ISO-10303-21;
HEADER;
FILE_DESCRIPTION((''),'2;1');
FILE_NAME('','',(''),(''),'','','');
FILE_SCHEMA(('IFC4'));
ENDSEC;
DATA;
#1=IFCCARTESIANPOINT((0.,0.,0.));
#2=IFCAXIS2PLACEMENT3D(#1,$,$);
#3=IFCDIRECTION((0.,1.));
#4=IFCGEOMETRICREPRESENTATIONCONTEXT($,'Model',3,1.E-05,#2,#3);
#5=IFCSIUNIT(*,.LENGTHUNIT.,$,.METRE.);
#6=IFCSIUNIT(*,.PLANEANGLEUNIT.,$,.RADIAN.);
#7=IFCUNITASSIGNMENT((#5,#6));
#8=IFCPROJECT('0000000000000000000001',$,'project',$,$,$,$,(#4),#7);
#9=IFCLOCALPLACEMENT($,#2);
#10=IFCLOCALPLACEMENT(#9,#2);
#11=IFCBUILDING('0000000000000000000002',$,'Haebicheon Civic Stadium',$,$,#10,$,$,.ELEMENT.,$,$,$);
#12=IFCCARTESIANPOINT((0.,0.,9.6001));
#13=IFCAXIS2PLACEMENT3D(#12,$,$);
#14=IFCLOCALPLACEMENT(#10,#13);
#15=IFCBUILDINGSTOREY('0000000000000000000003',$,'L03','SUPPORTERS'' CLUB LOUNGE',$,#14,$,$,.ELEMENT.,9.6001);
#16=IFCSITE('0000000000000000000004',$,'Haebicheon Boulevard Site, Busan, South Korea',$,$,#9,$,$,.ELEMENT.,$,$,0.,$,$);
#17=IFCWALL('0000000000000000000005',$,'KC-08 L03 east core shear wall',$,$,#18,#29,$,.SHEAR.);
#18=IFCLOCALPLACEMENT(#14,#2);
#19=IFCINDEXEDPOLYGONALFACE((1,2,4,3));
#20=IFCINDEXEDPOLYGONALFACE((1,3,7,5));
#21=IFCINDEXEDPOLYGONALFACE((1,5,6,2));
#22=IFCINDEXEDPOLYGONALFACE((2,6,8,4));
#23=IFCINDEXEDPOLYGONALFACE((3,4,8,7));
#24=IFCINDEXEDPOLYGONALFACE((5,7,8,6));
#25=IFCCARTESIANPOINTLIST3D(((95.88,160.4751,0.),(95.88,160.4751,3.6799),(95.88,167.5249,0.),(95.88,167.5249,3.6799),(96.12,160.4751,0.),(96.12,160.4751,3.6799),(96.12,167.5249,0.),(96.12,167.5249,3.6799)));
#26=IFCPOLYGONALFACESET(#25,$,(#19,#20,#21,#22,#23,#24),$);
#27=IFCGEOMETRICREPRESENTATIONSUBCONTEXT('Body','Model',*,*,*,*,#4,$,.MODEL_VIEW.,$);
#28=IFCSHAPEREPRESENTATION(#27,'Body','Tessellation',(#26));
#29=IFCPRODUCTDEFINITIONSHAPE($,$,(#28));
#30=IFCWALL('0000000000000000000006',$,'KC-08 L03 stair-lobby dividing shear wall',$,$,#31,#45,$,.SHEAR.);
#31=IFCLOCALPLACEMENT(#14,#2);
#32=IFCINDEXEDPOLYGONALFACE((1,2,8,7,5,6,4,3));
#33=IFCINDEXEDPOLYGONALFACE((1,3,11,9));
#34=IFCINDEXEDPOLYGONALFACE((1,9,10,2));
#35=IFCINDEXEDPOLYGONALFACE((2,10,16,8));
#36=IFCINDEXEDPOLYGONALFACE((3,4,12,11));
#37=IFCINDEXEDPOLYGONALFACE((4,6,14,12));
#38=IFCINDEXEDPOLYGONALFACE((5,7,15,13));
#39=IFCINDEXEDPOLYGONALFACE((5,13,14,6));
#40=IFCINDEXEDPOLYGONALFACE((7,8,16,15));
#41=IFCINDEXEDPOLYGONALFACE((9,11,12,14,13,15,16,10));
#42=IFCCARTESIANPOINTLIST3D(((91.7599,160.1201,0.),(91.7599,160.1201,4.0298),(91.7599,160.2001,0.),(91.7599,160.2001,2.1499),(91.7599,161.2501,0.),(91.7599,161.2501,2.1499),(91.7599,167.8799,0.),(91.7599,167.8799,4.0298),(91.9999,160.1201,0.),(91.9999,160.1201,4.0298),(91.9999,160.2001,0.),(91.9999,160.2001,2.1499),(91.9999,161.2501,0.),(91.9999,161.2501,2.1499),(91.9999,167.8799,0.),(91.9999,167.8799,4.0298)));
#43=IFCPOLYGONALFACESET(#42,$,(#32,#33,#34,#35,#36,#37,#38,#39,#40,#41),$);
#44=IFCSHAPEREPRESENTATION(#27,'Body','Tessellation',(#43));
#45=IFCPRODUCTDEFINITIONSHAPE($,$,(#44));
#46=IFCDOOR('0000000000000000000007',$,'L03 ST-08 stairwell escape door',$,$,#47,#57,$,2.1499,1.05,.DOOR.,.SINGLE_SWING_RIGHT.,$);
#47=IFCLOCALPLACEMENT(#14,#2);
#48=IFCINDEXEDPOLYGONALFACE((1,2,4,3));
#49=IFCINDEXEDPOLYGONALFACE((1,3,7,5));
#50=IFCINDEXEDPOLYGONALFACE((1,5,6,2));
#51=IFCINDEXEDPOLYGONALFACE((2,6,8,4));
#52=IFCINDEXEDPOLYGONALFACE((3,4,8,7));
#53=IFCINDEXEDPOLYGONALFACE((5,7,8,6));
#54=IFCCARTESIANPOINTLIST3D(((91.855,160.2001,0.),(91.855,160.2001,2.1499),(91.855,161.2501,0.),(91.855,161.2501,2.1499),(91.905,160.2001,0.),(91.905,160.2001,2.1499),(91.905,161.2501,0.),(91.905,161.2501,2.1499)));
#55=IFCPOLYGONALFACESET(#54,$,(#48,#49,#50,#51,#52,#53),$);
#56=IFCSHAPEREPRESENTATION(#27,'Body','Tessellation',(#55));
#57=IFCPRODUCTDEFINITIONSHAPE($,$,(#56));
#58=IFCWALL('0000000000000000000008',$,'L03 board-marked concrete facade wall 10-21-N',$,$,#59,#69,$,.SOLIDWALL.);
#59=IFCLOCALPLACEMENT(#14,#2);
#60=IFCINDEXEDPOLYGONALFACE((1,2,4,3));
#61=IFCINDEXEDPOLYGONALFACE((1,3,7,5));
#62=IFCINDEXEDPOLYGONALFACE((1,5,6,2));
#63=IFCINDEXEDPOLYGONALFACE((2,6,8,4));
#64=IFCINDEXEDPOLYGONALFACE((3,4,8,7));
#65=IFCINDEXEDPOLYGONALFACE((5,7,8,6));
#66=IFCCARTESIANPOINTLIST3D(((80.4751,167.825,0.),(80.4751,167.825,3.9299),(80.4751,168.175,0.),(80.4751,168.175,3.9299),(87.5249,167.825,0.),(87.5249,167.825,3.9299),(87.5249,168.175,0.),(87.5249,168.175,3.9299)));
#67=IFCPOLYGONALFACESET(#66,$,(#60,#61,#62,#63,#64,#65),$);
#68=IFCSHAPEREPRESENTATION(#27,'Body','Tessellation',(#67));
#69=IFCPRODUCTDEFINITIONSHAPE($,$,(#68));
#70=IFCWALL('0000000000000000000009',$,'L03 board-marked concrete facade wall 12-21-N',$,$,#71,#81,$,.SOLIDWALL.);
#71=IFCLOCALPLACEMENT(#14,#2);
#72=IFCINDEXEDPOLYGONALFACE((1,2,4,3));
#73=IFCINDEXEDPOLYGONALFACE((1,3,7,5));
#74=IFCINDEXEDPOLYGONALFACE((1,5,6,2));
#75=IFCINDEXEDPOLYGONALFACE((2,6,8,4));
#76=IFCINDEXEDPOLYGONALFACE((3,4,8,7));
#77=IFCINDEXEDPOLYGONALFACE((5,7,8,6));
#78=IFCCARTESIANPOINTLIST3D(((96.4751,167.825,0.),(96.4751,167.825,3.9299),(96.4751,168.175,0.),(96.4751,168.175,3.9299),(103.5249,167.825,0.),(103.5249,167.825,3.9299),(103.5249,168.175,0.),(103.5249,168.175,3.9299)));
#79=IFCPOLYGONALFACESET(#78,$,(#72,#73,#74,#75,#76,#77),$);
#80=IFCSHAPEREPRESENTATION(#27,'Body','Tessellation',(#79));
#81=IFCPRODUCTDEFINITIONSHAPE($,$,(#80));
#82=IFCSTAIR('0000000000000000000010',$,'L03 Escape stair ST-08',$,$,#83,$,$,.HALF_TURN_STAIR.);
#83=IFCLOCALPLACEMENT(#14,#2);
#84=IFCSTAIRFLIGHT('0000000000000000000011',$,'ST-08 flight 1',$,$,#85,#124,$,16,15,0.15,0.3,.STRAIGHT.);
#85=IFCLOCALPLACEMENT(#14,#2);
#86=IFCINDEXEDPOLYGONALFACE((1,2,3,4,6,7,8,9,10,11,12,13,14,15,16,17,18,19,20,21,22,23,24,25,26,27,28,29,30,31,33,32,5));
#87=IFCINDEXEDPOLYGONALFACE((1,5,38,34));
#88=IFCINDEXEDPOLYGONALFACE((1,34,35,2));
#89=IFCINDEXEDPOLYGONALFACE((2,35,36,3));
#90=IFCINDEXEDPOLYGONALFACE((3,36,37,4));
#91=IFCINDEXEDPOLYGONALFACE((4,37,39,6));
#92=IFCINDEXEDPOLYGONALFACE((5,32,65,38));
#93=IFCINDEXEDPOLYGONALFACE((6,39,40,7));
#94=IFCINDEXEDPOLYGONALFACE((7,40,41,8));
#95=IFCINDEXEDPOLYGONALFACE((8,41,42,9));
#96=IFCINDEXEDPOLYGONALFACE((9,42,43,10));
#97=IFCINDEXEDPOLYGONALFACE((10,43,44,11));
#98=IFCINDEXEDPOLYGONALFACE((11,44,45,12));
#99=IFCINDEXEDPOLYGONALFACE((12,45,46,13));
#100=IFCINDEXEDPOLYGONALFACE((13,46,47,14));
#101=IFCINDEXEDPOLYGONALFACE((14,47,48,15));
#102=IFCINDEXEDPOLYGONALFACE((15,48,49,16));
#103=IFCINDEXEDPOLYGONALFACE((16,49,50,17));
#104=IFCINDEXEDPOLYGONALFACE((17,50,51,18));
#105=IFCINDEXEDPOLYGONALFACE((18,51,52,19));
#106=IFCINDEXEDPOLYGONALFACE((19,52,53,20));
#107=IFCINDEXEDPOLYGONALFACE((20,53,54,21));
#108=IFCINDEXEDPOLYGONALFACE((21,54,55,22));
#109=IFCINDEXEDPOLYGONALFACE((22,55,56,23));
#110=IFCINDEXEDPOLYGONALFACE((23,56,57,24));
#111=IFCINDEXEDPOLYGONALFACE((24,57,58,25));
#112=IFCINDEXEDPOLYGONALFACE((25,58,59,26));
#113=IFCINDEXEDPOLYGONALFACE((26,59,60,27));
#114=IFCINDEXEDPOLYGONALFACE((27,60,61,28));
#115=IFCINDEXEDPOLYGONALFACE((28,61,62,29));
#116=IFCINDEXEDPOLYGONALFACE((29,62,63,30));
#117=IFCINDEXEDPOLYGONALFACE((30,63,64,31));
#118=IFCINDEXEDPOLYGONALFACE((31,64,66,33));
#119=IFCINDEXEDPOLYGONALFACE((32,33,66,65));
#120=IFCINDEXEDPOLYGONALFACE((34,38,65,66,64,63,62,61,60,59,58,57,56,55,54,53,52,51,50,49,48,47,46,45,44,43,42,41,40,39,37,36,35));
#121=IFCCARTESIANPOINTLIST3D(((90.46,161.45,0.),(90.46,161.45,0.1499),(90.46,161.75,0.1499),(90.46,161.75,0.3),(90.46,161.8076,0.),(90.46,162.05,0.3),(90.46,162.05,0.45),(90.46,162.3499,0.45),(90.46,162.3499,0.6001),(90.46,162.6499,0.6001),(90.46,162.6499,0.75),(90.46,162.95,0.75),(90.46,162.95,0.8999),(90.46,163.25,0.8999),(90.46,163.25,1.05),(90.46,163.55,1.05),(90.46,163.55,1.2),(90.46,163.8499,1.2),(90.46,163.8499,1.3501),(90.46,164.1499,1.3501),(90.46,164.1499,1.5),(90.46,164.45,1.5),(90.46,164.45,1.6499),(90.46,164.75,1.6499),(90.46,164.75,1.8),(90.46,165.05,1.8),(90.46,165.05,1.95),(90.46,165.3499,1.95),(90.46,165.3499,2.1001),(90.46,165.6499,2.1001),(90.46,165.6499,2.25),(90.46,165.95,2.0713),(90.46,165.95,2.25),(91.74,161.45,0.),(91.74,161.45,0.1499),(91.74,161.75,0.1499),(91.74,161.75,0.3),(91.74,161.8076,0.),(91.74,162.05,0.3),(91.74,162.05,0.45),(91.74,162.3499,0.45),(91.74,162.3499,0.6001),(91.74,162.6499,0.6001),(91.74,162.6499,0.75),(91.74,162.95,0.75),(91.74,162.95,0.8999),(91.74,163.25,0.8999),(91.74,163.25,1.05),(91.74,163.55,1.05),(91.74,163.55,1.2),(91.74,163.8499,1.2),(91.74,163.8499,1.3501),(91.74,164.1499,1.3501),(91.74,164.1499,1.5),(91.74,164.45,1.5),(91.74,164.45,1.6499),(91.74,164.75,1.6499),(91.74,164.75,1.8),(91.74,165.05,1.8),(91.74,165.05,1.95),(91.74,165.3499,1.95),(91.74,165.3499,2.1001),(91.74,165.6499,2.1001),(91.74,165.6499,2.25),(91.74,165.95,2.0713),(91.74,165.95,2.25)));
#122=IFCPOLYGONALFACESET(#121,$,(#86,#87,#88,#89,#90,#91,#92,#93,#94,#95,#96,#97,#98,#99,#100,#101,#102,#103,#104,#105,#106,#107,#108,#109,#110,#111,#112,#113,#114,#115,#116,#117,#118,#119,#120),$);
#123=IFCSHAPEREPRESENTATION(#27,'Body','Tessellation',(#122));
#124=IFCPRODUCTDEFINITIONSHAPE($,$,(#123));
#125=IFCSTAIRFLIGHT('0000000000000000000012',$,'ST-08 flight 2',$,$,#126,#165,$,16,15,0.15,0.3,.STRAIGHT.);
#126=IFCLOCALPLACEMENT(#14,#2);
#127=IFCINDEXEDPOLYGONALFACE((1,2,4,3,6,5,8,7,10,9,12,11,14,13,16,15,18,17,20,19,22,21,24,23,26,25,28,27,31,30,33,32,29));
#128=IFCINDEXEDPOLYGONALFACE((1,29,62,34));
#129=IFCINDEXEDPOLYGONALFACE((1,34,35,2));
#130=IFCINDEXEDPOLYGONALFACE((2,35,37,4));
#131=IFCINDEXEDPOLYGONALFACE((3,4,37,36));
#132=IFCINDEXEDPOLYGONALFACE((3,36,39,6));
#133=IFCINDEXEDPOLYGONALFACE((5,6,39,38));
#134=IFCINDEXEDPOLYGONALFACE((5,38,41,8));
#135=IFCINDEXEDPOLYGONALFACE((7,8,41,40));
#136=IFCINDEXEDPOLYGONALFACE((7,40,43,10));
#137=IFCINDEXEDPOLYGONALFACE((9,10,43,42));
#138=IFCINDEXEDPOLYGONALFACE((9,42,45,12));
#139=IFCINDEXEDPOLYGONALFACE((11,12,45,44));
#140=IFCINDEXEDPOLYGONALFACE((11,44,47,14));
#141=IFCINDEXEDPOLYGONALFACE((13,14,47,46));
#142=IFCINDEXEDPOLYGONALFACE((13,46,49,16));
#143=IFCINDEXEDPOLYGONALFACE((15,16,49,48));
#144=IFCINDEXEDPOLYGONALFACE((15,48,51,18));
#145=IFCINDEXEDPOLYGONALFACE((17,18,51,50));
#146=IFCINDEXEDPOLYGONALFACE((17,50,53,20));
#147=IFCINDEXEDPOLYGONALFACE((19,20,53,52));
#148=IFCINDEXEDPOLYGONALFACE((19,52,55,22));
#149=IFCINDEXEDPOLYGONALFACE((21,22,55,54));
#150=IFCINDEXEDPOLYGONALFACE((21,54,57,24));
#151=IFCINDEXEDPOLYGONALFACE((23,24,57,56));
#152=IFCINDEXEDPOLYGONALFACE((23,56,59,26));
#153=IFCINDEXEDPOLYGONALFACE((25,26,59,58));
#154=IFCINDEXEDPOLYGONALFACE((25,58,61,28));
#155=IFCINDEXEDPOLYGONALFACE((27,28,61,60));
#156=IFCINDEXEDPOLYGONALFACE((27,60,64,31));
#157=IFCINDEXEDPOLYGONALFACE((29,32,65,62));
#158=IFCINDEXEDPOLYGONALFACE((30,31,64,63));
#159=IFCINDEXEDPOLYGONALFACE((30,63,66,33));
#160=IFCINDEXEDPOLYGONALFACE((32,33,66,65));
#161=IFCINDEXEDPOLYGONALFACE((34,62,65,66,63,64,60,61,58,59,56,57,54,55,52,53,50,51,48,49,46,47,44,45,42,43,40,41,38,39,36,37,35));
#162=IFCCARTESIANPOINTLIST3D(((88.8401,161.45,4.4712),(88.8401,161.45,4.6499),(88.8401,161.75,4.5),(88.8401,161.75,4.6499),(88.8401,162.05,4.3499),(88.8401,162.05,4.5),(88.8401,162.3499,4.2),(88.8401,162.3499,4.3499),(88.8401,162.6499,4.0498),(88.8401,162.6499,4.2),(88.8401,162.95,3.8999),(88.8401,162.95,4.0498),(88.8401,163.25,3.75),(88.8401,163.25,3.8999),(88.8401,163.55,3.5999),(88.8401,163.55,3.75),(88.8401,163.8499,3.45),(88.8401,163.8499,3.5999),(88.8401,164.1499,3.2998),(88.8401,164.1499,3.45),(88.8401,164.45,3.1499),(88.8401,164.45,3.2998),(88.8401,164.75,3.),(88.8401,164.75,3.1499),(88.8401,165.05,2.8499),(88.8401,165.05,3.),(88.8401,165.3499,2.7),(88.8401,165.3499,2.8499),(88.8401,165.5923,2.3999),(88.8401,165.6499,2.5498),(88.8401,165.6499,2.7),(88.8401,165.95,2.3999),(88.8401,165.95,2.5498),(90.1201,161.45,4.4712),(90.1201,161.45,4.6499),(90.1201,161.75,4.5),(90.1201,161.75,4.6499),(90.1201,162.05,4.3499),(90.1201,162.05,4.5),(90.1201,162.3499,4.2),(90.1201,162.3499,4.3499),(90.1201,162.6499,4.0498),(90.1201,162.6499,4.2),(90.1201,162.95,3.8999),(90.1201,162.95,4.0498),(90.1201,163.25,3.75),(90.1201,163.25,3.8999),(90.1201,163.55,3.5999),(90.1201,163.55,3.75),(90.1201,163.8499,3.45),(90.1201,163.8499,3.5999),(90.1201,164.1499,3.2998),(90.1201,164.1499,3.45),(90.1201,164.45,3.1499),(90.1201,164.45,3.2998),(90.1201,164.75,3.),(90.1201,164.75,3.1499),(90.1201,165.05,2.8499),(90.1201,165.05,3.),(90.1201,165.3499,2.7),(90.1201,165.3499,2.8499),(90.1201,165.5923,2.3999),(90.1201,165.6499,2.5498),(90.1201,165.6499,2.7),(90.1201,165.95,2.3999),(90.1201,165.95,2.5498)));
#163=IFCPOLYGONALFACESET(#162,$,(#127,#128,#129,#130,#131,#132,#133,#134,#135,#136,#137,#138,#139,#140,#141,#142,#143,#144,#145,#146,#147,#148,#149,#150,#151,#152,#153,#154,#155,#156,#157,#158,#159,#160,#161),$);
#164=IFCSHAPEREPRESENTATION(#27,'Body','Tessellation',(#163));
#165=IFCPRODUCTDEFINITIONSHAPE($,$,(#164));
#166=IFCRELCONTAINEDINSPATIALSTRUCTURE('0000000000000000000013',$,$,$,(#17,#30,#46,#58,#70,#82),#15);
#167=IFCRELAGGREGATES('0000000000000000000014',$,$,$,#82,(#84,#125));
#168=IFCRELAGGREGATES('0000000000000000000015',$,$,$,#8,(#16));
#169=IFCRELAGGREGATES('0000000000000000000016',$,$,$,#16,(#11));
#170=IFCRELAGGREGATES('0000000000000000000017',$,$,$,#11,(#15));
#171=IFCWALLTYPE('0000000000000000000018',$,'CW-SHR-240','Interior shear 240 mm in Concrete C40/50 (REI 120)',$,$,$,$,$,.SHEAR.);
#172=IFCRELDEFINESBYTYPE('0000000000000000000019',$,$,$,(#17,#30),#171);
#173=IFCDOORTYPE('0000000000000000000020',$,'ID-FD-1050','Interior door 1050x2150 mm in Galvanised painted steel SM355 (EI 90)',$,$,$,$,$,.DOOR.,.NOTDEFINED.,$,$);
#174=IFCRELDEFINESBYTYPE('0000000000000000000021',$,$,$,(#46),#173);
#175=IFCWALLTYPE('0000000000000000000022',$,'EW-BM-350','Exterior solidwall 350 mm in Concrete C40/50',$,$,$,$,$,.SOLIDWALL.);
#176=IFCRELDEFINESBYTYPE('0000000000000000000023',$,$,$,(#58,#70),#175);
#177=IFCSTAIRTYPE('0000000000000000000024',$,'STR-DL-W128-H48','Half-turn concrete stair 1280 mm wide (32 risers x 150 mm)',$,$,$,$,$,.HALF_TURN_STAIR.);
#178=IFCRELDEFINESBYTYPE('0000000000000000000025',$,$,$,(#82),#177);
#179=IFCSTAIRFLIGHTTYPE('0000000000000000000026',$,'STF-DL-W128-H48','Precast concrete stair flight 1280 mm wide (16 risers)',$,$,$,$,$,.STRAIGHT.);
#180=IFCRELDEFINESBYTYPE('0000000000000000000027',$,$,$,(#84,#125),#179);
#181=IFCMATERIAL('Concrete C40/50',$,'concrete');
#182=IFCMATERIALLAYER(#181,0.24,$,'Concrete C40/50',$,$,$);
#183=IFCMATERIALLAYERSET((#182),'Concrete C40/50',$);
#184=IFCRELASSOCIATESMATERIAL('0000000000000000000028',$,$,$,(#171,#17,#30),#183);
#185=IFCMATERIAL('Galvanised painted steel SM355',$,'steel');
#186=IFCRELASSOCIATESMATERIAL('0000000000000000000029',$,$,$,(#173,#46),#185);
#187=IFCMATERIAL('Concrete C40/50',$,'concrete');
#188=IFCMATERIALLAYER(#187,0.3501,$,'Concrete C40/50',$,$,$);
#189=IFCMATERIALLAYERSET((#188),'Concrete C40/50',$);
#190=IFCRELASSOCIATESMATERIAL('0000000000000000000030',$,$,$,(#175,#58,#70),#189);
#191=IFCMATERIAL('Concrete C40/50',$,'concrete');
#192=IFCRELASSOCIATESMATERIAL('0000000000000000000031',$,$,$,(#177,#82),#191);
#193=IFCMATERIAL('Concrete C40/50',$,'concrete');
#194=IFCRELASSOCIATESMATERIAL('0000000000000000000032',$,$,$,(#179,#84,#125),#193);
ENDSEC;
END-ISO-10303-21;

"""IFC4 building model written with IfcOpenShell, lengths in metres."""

from ifc_helpers import new_model, si_unit, direction, frame, frame_2d, origin, place, context, subcontext, project, spatial, polyline, rectangle, outline, extrude, material, layer, layer_set, type_object, element, fill, aggregate, save


model = new_model("IFC4")

# Units and contexts
model_context = context("Model", 3, precision=1e-05, world=origin(), true_north=direction((0.0, 1.0)))
body_context = subcontext(model_context, "Body", "Model", "MODEL_VIEW")
ifc_project = project(units=[si_unit("LENGTHUNIT", "METRE"), si_unit("PLANEANGLEUNIT", "RADIAN")], contexts=[model_context])

# Site, building, storey
site_placement = place(None, origin())
site = spatial("IfcSite", under=ifc_project, at=site_placement, Name="Haebicheon Boulevard Site, Busan, South Korea", CompositionType="ELEMENT", RefElevation=0.0)
building_placement = place(site_placement, origin())
building = spatial("IfcBuilding", under=site, at=building_placement, Name="Haebicheon Civic Stadium", CompositionType="ELEMENT")
storey_placement = place(building_placement, frame((0.0, 0.0, 9.6001)))
storey = spatial("IfcBuildingStorey", under=building, at=storey_placement, Name="L03", Description="SUPPORTERS' CLUB LOUNGE", CompositionType="ELEMENT", Elevation=9.6001)

# Wall
ifc_material_1 = material(Name="Concrete C40/50", Category="concrete")
ifc_layer_1 = layer(ifc_material_1, 0.24, Name="Concrete C40/50")
ifc_layer_set_1 = layer_set([ifc_layer_1], Name="Concrete C40/50")
wall_type_1 = type_object("IfcWallType", Name="CW-SHR-240", Description="Interior shear 240 mm in Concrete C40/50 (REI 120)", PredefinedType="SHEAR", material=ifc_layer_set_1)
wall_1_placement = place(storey_placement, frame((96.0, 160.4751, 0.0), z_axis=(0.0, 0.0, 1.0), x_axis=(0.0, 1.0, 0.0)))
element("IfcWall", 1, at=wall_1_placement, inside=storey, type_object=wall_type_1, material=ifc_layer_set_1, Name="KC-08 L03 east core shear wall", PredefinedType="SHEAR", context=body_context, shape_type="SweptSolid", body=[
    extrude(rectangle(XDim=7.0498, YDim=0.24, at=frame_2d((3.5249, 0.0))), origin(), (0.0, 0.0, 1.0), 3.6799),
])

# Wall, opening, door
wall_2_placement = place(storey_placement, frame((91.8799, 160.1201, 0.0), z_axis=(0.0, 0.0, 1.0), x_axis=(0.0, 1.0, 0.0)))
wall_2 = element("IfcWall", 2, at=wall_2_placement, inside=storey, type_object=wall_type_1, material=ifc_layer_set_1, Name="KC-08 L03 stair-lobby dividing shear wall", PredefinedType="SHEAR", context=body_context, shape_type="SweptSolid", body=[
    extrude(rectangle(XDim=7.7598, YDim=0.24, at=frame_2d((3.8799, 0.0))), origin(), (0.0, 0.0, 1.0), 4.0298),
])
opening_1_placement = place(wall_2_placement, frame((0.0801, 0.0, 0.0)))
opening_1 = element("IfcOpeningElement", 3, at=opening_1_placement, cuts=wall_2, PredefinedType="OPENING", context=body_context, shape_type="SweptSolid", body=[
    extrude(rectangle(XDim=1.05, YDim=2.1499, at=frame_2d((0.5249, 1.075))), frame((0.0, 0.1299, 0.0), z_axis=(0.0, -1.0, 0.0), x_axis=(1.0, 0.0, 0.0)), (0.0, 0.0, 1.0), 0.26),
])
ifc_material_2 = material(Name="Galvanised painted steel SM355", Category="steel")
door_type_1 = type_object("IfcDoorType", Name="ID-FD-1050", Description="Interior door 1050x2150 mm in Galvanised painted steel SM355 (EI 90)", OperationType="NOTDEFINED", PredefinedType="DOOR", material=ifc_material_2)
door_1_placement = place(opening_1_placement, origin())
door_1 = element("IfcDoor", 4, at=door_1_placement, inside=storey, type_object=door_type_1, material=ifc_material_2, Name="L03 ST-08 stairwell escape door", OperationType="SINGLE_SWING_RIGHT", OverallHeight=2.1499, OverallWidth=1.05, PredefinedType="DOOR", context=body_context, shape_type="SweptSolid", body=[
    extrude(rectangle(XDim=1.05, YDim=2.1499, at=frame_2d((0.5249, 1.075))), frame((0.0, 0.0249, 0.0), z_axis=(0.0, -1.0, 0.0), x_axis=(1.0, 0.0, 0.0)), (0.0, 0.0, 1.0), 0.05),
])
fill(opening_1, door_1)

# Walls
ifc_material_3 = material(Name="Concrete C40/50", Category="concrete")
ifc_layer_2 = layer(ifc_material_3, 0.3501, Name="Concrete C40/50")
ifc_layer_set_2 = layer_set([ifc_layer_2], Name="Concrete C40/50")
wall_type_2 = type_object("IfcWallType", Name="EW-BM-350", Description="Exterior solidwall 350 mm in Concrete C40/50", PredefinedType="SOLIDWALL", material=ifc_layer_set_2)
for number, where, z_axis, x_axis, name in (
    (5, (80.4751, 168.0, 0.0), (0.0, 0.0, 1.0), (1.0, 0.0, 0.0), "L03 board-marked concrete facade wall 10-21-N"),
    (6, (96.4751, 168.0, 0.0), (0.0, 0.0, 1.0), (1.0, 0.0, 0.0), "L03 board-marked concrete facade wall 12-21-N"),
):
    element("IfcWall", number, at=place(storey_placement, frame(where, z_axis=z_axis, x_axis=x_axis)), inside=storey, type_object=wall_type_2, material=ifc_layer_set_2, Name=name, PredefinedType="SOLIDWALL", context=body_context, shape_type="SweptSolid", body=[
        extrude(rectangle(XDim=7.0498, YDim=0.3501, at=frame_2d((3.5249, 0.0))), origin(), (0.0, 0.0, 1.0), 3.9299),
    ])

# Stair, stair flights
ifc_material_4 = material(Name="Concrete C40/50", Category="concrete")
stair_type = type_object("IfcStairType", Name="STR-DL-W128-H48", Description="Half-turn concrete stair 1280 mm wide (32 risers x 150 mm)", PredefinedType="HALF_TURN_STAIR", material=ifc_material_4)
stair_placement = place(storey_placement, origin())
stair = element("IfcStair", 7, at=stair_placement, inside=storey, type_object=stair_type, material=ifc_material_4, Name="L03 Escape stair ST-08", PredefinedType="HALF_TURN_STAIR")
ifc_material_5 = material(Name="Concrete C40/50", Category="concrete")
stair_flight_type = type_object("IfcStairFlightType", Name="STF-DL-W128-H48", Description="Precast concrete stair flight 1280 mm wide (16 risers)", PredefinedType="STRAIGHT", material=ifc_material_5)
stair_flight_1_placement = place(storey_placement, frame((91.1001, 161.45, 0.0), z_axis=(0.0, 0.0, 1.0), x_axis=(0.0, 1.0, 0.0)))
stair_flight_1 = element("IfcStairFlight", 8, at=stair_flight_1_placement, type_object=stair_flight_type, material=ifc_material_5, Name="ST-08 flight 1", NumberOfRisers=16, NumberOfTreads=15, PredefinedType="STRAIGHT", RiserHeight=0.15, TreadLength=0.3, context=body_context, shape_type="SweptSolid", body=[
    extrude(outline(polyline([(0.0, 0.0), (0.0, 0.1499), (0.3, 0.1499), (0.3, 0.3), (0.6001, 0.3), (0.6001, 0.45), (0.8999, 0.45), (0.8999, 0.6001), (1.2, 0.6001), (1.2, 0.75), (1.5, 0.75), (1.5, 0.8999), (1.8, 0.8999), (1.8, 1.05), (2.1001, 1.05), (2.1001, 1.2), (2.3999, 1.2), (2.3999, 1.3501), (2.7, 1.3501), (2.7, 1.5), (3.0, 1.5), (3.0, 1.6499), (3.3, 1.6499), (3.3, 1.8), (3.6001, 1.8), (3.6001, 1.95), (3.8999, 1.95), (3.8999, 2.1001), (4.2, 2.1001), (4.2, 2.25), (4.5, 2.25), (4.5, 2.3999), (4.5, 2.0713), (0.3577, 0.0), (0.0, 0.0)])), frame((0.0, 0.6401, 0.0), z_axis=(0.0, -1.0, 0.0), x_axis=(1.0, 0.0, 0.0)), (0.0, 0.0, 1.0), 1.28),
])
stair_flight_2_placement = place(storey_placement, frame((89.48, 165.95, 2.3999), z_axis=(0.0, 0.0, 1.0), x_axis=(0.0, -1.0, 0.0)))
stair_flight_2 = element("IfcStairFlight", 9, at=stair_flight_2_placement, type_object=stair_flight_type, material=ifc_material_5, Name="ST-08 flight 2", NumberOfRisers=16, NumberOfTreads=15, PredefinedType="STRAIGHT", RiserHeight=0.15, TreadLength=0.3, context=body_context, shape_type="SweptSolid", body=[
    extrude(outline(polyline([(0.0, 0.0), (0.0, 0.1499), (0.3, 0.1499), (0.3, 0.3), (0.6001, 0.3), (0.6001, 0.45), (0.8999, 0.45), (0.8999, 0.6001), (1.2, 0.6001), (1.2, 0.75), (1.5, 0.75), (1.5, 0.8999), (1.8, 0.8999), (1.8, 1.05), (2.1001, 1.05), (2.1001, 1.2), (2.3999, 1.2), (2.3999, 1.3501), (2.7, 1.3501), (2.7, 1.5), (3.0, 1.5), (3.0, 1.6499), (3.3, 1.6499), (3.3, 1.8), (3.6001, 1.8), (3.6001, 1.95), (3.8999, 1.95), (3.8999, 2.1001), (4.2, 2.1001), (4.2, 2.25), (4.5, 2.25), (4.5, 2.3999), (4.5, 2.0713), (0.3577, 0.0), (0.0, 0.0)])), frame((0.0, 0.6401, 0.0), z_axis=(0.0, -1.0, 0.0), x_axis=(1.0, 0.0, 0.0)), (0.0, 0.0, 1.0), 1.28),
])
aggregate(stair, [stair_flight_1, stair_flight_2])

save(model, "model.ifc")
